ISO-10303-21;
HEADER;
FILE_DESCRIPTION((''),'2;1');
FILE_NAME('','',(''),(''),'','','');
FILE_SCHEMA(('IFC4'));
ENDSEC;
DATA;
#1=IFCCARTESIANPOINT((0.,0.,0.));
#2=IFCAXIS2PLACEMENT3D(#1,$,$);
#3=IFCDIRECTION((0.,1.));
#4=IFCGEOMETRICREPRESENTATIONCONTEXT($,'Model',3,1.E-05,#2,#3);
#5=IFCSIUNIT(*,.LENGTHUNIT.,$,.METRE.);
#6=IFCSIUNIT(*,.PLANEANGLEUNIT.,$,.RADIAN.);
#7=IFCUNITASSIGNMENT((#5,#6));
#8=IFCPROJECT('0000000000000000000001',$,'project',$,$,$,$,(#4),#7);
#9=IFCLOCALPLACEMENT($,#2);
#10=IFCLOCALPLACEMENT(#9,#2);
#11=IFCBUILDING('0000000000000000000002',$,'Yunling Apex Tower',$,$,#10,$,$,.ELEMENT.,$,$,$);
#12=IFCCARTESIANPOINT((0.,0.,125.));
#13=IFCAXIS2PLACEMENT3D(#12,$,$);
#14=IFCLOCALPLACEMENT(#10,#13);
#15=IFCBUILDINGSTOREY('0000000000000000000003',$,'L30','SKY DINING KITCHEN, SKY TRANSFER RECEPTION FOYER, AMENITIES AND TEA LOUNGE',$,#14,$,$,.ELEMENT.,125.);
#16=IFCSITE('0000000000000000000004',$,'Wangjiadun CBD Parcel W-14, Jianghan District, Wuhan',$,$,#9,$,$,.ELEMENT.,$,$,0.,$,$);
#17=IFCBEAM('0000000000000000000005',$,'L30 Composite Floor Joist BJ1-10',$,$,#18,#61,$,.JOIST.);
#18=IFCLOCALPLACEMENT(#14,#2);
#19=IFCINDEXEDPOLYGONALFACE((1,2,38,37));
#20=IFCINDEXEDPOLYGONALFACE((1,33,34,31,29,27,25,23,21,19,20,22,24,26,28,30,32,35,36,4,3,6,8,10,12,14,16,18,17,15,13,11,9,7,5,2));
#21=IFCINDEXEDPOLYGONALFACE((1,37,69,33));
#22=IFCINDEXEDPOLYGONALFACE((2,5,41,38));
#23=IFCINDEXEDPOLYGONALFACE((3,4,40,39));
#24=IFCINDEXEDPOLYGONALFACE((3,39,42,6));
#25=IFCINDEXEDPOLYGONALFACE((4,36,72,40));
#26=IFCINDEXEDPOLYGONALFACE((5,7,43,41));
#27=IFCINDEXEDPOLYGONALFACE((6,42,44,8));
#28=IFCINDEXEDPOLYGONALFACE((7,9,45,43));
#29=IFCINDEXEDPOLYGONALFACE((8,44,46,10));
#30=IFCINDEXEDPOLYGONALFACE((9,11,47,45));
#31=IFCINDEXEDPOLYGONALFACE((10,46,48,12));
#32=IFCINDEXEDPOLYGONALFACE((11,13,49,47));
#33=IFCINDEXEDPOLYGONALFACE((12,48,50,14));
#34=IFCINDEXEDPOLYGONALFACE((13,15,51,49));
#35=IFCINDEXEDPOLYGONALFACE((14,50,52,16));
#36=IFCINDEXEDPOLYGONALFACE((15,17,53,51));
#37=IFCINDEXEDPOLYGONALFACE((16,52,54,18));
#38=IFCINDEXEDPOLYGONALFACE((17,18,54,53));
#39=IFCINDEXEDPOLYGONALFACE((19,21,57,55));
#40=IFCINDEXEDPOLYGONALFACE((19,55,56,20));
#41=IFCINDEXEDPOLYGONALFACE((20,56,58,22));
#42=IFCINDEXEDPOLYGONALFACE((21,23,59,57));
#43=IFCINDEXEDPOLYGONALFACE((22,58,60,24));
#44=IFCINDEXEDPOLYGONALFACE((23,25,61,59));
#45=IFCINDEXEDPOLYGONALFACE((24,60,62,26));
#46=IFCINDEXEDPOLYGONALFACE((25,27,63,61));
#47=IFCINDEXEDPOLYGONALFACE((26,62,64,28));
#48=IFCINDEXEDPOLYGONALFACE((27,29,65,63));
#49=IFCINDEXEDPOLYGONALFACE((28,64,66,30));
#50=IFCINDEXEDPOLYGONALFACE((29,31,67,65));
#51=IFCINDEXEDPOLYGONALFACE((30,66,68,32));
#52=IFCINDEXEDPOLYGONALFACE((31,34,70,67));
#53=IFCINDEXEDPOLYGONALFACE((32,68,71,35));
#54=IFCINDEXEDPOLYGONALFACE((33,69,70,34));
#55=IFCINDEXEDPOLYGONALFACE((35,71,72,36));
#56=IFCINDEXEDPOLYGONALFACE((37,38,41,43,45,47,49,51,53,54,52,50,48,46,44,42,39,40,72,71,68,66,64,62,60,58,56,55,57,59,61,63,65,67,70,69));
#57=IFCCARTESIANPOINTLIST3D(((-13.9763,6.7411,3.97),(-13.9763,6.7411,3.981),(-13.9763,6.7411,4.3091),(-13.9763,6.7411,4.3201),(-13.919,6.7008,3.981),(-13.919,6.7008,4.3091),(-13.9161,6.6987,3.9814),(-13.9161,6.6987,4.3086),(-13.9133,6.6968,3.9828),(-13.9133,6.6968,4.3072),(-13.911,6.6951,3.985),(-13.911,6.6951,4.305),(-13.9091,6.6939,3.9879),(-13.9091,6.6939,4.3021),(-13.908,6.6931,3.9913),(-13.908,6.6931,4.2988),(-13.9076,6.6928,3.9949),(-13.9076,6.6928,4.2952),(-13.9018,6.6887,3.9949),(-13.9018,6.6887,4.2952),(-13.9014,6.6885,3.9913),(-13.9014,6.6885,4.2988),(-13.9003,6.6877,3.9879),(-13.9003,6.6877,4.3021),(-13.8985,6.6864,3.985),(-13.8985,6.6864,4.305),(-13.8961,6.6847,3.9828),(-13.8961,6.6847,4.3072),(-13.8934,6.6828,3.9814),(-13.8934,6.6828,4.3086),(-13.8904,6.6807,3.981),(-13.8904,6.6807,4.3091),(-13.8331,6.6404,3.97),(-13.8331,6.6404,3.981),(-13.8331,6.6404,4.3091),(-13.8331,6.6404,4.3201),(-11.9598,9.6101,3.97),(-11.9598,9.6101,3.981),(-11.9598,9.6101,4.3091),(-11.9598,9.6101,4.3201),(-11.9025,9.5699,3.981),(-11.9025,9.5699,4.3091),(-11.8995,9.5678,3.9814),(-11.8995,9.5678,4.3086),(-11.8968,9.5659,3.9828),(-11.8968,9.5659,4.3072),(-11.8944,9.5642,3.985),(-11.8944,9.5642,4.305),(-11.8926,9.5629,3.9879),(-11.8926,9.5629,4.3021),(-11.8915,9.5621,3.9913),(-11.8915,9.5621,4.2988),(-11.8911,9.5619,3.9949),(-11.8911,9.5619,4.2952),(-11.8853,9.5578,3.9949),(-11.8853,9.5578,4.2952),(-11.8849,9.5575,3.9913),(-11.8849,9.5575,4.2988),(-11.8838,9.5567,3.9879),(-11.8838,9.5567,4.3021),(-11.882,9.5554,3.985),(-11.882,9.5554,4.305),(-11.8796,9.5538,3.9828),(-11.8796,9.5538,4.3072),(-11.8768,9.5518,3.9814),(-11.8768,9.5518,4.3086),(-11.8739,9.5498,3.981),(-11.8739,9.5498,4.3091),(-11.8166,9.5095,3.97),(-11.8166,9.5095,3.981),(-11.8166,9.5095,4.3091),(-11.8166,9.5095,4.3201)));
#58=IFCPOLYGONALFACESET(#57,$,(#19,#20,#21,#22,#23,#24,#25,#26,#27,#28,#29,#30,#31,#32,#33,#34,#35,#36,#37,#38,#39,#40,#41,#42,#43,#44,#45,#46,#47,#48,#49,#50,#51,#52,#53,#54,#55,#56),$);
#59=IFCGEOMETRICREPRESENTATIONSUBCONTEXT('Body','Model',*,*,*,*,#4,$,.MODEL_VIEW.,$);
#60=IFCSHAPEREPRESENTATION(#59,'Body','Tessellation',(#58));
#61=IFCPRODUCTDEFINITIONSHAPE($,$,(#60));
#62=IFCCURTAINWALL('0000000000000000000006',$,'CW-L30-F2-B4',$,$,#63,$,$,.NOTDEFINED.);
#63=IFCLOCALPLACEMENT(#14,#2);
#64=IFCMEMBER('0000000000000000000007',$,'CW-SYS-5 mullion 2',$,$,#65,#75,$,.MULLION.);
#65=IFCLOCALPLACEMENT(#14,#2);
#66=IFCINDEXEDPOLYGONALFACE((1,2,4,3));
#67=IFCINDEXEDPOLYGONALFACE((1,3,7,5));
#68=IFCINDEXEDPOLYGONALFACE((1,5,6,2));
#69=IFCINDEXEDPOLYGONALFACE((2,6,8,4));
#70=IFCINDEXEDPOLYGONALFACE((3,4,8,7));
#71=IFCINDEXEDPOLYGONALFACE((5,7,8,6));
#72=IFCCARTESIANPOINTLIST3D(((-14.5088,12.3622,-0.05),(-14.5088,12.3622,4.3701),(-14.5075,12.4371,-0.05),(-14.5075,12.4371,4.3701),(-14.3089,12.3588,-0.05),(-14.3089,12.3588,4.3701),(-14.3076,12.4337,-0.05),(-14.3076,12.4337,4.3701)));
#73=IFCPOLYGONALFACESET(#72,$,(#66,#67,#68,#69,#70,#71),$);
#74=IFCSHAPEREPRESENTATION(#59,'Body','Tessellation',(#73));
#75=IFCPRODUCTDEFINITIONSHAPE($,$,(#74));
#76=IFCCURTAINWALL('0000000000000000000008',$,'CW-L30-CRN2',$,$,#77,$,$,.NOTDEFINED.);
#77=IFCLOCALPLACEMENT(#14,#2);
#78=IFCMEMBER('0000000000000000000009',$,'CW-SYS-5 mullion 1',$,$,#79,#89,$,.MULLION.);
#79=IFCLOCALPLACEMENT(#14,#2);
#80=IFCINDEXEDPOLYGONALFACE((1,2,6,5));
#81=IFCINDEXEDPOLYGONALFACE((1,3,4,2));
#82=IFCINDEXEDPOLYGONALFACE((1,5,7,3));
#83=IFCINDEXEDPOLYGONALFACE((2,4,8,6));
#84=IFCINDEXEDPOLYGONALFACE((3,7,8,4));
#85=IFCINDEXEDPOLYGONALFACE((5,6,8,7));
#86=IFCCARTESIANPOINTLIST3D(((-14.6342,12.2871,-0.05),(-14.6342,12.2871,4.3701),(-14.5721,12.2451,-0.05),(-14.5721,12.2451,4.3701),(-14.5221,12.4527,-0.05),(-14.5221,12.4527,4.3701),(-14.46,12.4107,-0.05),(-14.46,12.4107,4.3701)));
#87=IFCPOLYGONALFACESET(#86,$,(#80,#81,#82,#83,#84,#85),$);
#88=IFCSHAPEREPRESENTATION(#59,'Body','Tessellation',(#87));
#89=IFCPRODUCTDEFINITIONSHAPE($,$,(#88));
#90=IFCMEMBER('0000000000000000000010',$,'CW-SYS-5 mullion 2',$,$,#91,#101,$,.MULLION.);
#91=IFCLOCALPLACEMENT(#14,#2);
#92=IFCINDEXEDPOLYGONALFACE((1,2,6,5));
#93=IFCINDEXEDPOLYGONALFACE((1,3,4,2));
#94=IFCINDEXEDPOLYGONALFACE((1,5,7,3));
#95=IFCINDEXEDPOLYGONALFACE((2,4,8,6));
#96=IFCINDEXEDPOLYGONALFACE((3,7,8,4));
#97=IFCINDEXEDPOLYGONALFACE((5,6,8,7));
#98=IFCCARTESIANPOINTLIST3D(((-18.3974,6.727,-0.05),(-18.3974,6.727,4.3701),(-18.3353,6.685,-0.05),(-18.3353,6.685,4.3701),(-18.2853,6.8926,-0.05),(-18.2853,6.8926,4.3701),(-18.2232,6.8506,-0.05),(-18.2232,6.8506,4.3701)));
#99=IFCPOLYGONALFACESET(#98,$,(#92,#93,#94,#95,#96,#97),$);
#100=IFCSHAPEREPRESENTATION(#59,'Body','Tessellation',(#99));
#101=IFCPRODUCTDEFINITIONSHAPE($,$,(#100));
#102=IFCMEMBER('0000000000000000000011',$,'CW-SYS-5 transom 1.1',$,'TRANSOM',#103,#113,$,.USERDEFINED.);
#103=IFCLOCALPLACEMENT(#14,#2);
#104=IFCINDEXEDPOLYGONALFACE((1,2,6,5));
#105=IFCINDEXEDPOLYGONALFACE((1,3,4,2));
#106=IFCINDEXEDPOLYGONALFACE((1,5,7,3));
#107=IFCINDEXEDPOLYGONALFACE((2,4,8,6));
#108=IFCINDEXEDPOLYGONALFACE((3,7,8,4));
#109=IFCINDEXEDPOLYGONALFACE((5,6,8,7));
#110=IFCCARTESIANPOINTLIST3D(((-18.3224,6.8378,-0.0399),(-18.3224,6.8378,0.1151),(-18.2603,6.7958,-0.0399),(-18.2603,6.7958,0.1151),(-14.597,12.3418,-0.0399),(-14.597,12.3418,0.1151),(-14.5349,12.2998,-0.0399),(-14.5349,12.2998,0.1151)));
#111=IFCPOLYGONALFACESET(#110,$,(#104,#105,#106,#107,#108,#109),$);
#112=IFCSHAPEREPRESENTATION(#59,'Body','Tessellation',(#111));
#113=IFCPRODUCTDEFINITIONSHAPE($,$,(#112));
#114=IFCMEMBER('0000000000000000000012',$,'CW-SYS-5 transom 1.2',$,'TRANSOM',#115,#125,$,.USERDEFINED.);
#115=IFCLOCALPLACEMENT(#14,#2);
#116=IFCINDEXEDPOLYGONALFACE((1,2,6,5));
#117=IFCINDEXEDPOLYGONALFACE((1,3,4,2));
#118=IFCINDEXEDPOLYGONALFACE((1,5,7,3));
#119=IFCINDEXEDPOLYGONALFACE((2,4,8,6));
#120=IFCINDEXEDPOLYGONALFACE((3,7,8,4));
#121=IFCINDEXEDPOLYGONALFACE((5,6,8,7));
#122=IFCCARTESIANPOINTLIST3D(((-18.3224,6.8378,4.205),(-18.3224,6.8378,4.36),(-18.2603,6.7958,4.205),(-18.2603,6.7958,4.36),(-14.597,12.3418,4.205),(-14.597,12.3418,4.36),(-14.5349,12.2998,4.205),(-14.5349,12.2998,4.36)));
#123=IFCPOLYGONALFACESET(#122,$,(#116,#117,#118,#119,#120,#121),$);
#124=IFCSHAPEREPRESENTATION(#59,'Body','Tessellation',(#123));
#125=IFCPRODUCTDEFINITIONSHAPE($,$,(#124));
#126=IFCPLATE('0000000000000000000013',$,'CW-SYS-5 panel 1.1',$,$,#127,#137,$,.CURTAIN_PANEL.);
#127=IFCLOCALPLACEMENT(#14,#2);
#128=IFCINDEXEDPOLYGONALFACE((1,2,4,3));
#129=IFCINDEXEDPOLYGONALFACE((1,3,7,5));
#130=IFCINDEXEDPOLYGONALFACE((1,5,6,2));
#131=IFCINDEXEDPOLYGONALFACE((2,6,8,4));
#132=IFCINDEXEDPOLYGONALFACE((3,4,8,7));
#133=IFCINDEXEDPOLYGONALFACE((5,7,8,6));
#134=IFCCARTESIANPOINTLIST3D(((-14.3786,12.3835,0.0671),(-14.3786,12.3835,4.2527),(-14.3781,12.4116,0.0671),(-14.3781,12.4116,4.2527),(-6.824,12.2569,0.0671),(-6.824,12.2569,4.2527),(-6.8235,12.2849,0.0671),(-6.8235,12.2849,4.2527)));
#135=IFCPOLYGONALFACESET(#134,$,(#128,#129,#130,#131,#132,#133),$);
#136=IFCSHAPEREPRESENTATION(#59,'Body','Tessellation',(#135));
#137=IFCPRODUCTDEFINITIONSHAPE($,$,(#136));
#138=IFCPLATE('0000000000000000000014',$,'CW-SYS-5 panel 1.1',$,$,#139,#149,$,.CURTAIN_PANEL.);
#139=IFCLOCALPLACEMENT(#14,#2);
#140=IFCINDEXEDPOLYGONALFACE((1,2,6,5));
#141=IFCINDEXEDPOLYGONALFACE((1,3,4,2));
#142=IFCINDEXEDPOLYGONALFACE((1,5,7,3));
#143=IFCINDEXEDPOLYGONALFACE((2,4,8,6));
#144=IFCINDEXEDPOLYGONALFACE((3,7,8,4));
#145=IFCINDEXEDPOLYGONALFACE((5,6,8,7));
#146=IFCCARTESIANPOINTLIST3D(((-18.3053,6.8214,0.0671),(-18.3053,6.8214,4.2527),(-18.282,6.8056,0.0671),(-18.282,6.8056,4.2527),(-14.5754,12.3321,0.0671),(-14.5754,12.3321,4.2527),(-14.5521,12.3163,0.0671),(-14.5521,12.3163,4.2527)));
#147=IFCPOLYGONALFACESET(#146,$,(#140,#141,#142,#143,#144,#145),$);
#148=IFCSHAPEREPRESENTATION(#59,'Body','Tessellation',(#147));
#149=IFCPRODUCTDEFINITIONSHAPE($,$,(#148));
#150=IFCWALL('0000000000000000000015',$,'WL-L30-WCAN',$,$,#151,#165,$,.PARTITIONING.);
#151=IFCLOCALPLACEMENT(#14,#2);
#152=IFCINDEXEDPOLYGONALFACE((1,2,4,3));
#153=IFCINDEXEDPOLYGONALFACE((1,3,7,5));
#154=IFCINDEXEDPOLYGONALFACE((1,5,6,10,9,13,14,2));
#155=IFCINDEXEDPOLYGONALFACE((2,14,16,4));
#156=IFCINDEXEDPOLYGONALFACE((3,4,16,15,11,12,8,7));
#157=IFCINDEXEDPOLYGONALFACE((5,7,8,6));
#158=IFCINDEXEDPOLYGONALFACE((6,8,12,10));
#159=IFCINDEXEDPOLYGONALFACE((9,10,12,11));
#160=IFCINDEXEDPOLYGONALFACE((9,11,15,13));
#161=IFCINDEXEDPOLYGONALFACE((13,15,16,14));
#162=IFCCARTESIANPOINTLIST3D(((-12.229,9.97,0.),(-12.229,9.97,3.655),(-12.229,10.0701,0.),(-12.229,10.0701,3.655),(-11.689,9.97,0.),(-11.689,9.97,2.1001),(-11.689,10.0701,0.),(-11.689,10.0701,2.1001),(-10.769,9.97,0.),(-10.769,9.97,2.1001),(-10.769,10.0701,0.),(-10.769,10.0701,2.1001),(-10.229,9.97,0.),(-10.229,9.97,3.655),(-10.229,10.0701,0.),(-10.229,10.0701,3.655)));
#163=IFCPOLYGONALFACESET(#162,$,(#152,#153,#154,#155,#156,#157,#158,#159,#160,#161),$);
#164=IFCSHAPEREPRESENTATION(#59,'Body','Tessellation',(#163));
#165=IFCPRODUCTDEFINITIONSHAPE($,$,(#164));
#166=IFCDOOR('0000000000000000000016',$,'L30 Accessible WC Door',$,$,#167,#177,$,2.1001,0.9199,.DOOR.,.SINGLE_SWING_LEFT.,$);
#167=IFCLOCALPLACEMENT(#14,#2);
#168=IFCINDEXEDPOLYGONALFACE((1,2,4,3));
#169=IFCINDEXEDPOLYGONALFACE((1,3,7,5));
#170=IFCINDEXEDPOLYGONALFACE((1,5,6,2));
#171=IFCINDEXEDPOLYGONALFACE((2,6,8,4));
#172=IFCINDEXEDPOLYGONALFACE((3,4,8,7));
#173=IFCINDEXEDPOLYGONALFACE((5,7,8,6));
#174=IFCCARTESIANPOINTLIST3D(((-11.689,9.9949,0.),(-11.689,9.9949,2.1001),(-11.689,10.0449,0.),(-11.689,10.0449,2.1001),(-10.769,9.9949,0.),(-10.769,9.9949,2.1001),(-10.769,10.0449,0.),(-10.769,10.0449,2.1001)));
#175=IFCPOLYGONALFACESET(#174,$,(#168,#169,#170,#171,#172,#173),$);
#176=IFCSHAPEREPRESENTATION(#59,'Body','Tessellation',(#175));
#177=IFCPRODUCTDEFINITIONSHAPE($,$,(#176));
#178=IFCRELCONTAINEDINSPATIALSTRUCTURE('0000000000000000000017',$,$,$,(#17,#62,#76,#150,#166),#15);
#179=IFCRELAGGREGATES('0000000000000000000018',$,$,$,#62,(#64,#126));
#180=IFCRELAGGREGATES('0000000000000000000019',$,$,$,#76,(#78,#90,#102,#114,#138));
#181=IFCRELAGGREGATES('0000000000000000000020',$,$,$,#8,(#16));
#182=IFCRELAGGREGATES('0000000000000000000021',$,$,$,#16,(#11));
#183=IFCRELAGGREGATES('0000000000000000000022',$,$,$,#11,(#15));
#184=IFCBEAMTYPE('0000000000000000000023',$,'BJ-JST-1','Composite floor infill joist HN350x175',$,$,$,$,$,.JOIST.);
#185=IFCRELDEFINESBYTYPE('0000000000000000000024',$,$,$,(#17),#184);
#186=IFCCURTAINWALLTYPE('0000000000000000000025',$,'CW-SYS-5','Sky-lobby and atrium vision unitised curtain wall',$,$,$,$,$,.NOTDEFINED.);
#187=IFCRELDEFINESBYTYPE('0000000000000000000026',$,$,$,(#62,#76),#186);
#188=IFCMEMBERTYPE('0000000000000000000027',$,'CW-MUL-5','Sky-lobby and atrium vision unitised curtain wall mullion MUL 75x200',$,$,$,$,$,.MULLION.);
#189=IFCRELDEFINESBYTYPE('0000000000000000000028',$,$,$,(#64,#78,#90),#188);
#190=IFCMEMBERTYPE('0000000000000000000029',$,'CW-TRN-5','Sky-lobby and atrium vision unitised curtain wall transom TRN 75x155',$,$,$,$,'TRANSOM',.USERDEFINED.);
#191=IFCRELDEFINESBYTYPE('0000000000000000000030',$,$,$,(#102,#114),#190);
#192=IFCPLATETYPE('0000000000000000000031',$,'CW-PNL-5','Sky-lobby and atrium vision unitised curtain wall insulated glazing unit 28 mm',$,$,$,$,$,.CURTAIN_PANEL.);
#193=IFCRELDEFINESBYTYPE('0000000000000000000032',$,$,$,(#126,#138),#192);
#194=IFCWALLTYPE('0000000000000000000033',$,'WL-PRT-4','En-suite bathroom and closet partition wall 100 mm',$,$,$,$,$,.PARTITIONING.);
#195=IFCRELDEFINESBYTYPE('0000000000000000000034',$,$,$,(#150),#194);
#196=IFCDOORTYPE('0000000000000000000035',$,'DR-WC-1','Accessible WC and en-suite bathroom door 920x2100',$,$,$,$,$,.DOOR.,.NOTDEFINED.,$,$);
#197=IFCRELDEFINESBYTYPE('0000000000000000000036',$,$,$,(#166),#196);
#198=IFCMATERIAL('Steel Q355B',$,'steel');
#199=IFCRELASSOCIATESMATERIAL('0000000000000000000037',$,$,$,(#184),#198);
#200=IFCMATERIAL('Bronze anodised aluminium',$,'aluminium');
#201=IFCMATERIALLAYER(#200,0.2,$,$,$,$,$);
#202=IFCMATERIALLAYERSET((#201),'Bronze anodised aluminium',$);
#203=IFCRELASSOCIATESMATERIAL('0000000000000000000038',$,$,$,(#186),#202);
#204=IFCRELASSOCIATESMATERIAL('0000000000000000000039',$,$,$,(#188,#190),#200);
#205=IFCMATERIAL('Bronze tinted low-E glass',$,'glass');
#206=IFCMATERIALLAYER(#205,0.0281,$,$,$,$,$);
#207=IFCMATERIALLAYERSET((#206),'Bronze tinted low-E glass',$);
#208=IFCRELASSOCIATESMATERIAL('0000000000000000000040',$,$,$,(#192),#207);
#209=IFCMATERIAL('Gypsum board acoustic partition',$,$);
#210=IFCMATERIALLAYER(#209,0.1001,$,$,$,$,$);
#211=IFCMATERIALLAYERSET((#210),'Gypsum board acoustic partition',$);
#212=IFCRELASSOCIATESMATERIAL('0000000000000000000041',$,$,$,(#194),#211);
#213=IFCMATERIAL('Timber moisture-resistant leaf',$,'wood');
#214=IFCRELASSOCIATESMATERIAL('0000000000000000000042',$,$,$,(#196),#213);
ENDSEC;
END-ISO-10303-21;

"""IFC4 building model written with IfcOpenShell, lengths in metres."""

from ifc_helpers import new_model, si_unit, direction, frame, frame_2d, origin, origin_2d, place, context, subcontext, project, spatial, rectangle, i_section, extrude, source, transform, mapped, material, layer, layer_set, material_profile, profile_set, type_object, element, fill, aggregate, save


model = new_model("IFC4")

# Units and contexts
model_context = context("Model", 3, precision=1e-05, world=origin(), true_north=direction((0.0, 1.0)))
body_context = subcontext(model_context, "Body", "Model", "MODEL_VIEW")
ifc_project = project(units=[si_unit("LENGTHUNIT", "METRE"), si_unit("PLANEANGLEUNIT", "RADIAN")], contexts=[model_context])

# Site, building, storey
site_placement = place(None, origin())
site = spatial("IfcSite", under=ifc_project, at=site_placement, Name="Wangjiadun CBD Parcel W-14, Jianghan District, Wuhan", CompositionType="ELEMENT", RefElevation=0.0)
building_placement = place(site_placement, origin())
building = spatial("IfcBuilding", under=site, at=building_placement, Name="Yunling Apex Tower", CompositionType="ELEMENT")
storey_placement = place(building_placement, frame((0.0, 0.0, 125.0)))
storey = spatial("IfcBuildingStorey", under=building, at=storey_placement, Name="L30", Description="SKY DINING KITCHEN, SKY TRANSFER RECEPTION FOYER, AMENITIES AND TEA LOUNGE", CompositionType="ELEMENT", Elevation=125.0)

# Beam
ifc_material_1 = material(Name="Steel Q355B", Category="steel")
ifc_material_profile_1 = material_profile(ifc_material_1, i_section(OverallWidth=0.175, OverallDepth=0.3501, WebThickness=0.0071, FlangeThickness=0.011, FilletRadius=0.0139, at=origin_2d()))
ifc_profile_set_1 = profile_set([ifc_material_profile_1], Name="Steel Q355B")
beam_type_1 = type_object("IfcBeamType", Name="BJ-JST-1", Description="Composite floor infill joist HN350x175", PredefinedType="JOIST", material=ifc_profile_set_1)
shared_shape_1 = source(origin(), body_context, "Body", "SweptSolid", [
    extrude(i_section(OverallWidth=0.175, OverallDepth=0.3501, WebThickness=0.0071, FlangeThickness=0.011, FilletRadius=0.0139, at=origin_2d()), origin(), (0.0, 0.0, 1.0), 3.5068),
])
beam_1_placement = place(storey_placement, frame((-11.8882, 9.5598, 4.145), z_axis=(-0.575031, -0.818132, 0.0), x_axis=(0.818132, -0.575031, 0.0)))
element("IfcBeam", 1, at=beam_1_placement, inside=storey, type_object=beam_type_1, Name="L30 Composite Floor Joist BJ1-10", PredefinedType="JOIST", context=body_context, shape_type="MappedRepresentation", body=[
    mapped(shared_shape_1, transform((0.0, 0.0, 0.0), scale=1.0)),
])

# Curtain wall, member
ifc_material_2 = material(Name="Bronze anodised aluminium", Category="aluminium")
ifc_layer_1 = layer(ifc_material_2, 0.2)
ifc_layer_set_1 = layer_set([ifc_layer_1], Name="Bronze anodised aluminium")
curtain_wall_type = type_object("IfcCurtainWallType", Name="CW-SYS-5", Description="Sky-lobby and atrium vision unitised curtain wall", PredefinedType="NOTDEFINED", material=ifc_layer_set_1)
curtain_wall_1_placement = place(storey_placement, origin())
curtain_wall_1 = element("IfcCurtainWall", 2, at=curtain_wall_1_placement, inside=storey, type_object=curtain_wall_type, Name="CW-L30-F2-B4", PredefinedType="NOTDEFINED")
ifc_material_profile_2 = material_profile(ifc_material_2, rectangle(XDim=0.075, YDim=0.2, at=origin_2d()))
ifc_profile_set_2 = profile_set([ifc_material_profile_2], Name="Bronze anodised aluminium")
member_type_1 = type_object("IfcMemberType", Name="CW-MUL-5", Description="Sky-lobby and atrium vision unitised curtain wall mullion MUL 75x200", PredefinedType="MULLION", material=ifc_profile_set_2)
shared_shape_2 = source(origin(), body_context, "Body", "SweptSolid", [
    extrude(rectangle(XDim=0.075, YDim=0.2, at=origin_2d()), origin(), (0.0, 0.0, 1.0), 4.4202),
])
member_1_placement = place(storey_placement, frame((-14.4082, 12.3979, -0.05), z_axis=(0.0, 0.0, 1.0), x_axis=(-0.016762, -0.99986, 0.0)))
member_1 = element("IfcMember", 3, at=member_1_placement, type_object=member_type_1, Name="CW-SYS-5 mullion 2", PredefinedType="MULLION", context=body_context, shape_type="MappedRepresentation", body=[
    mapped(shared_shape_2, transform((0.0, 0.0, 0.0), scale=1.0)),
])

# Curtain wall, members
curtain_wall_2_placement = place(storey_placement, origin())
curtain_wall_2 = element("IfcCurtainWall", 4, at=curtain_wall_2_placement, inside=storey, type_object=curtain_wall_type, Name="CW-L30-CRN2", PredefinedType="NOTDEFINED")
member_2_placement = place(storey_placement, frame((-14.5471, 12.3489, -0.05), z_axis=(0.0, 0.0, 1.0), x_axis=(0.828139, -0.560523, 0.0)))
member_2 = element("IfcMember", 5, at=member_2_placement, type_object=member_type_1, Name="CW-SYS-5 mullion 1", PredefinedType="MULLION", context=body_context, shape_type="MappedRepresentation", body=[
    mapped(shared_shape_2, transform((0.0, 0.0, 0.0), scale=1.0)),
])
member_3_placement = place(storey_placement, frame((-18.3103, 6.7888, -0.05), z_axis=(0.0, 0.0, 1.0), x_axis=(0.828139, -0.560523, 0.0)))
member_3 = element("IfcMember", 6, at=member_3_placement, type_object=member_type_1, Name="CW-SYS-5 mullion 2", PredefinedType="MULLION", context=body_context, shape_type="MappedRepresentation", body=[
    mapped(shared_shape_2, transform((0.0, 0.0, 0.0), scale=1.0)),
])
ifc_material_profile_3 = material_profile(ifc_material_2, rectangle(XDim=0.075, YDim=0.155, at=origin_2d()))
ifc_profile_set_3 = profile_set([ifc_material_profile_3], Name="Bronze anodised aluminium")
member_type_2 = type_object("IfcMemberType", Name="CW-TRN-5", Description="Sky-lobby and atrium vision unitised curtain wall transom TRN 75x155", ElementType="TRANSOM", PredefinedType="USERDEFINED", material=ifc_profile_set_3)
shared_shape_3 = source(origin(), body_context, "Body", "SweptSolid", [
    extrude(rectangle(XDim=0.075, YDim=0.155, at=origin_2d()), origin(), (0.0, 0.0, 1.0), 6.6462),
])
member_4_placement = place(storey_placement, frame((-14.5659, 12.3208, 0.0376), z_axis=(-0.560527, -0.828136, 0.0), x_axis=(0.828136, -0.560527, 0.0)))
member_4 = element("IfcMember", 7, at=member_4_placement, type_object=member_type_2, Name="CW-SYS-5 transom 1.1", ObjectType="TRANSOM", PredefinedType="USERDEFINED", context=body_context, shape_type="MappedRepresentation", body=[
    mapped(shared_shape_3, transform((0.0, 0.0, 0.0), scale=1.0)),
])
member_5_placement = place(storey_placement, frame((-14.5659, 12.3208, 4.2825), z_axis=(-0.560527, -0.828136, 0.0), x_axis=(0.828136, -0.560527, 0.0)))
member_5 = element("IfcMember", 8, at=member_5_placement, type_object=member_type_2, Name="CW-SYS-5 transom 1.2", ObjectType="TRANSOM", PredefinedType="USERDEFINED", context=body_context, shape_type="MappedRepresentation", body=[
    mapped(shared_shape_3, transform((0.0, 0.0, 0.0), scale=1.0)),
])

# Plates
ifc_material_3 = material(Name="Bronze tinted low-E glass", Category="glass")
ifc_layer_2 = layer(ifc_material_3, 0.0281)
ifc_layer_set_2 = layer_set([ifc_layer_2], Name="Bronze tinted low-E glass")
plate_type = type_object("IfcPlateType", Name="CW-PNL-5", Description="Sky-lobby and atrium vision unitised curtain wall insulated glazing unit 28 mm", PredefinedType="CURTAIN_PANEL", material=ifc_layer_set_2)
shared_shape_4 = source(origin(), body_context, "Body", "SweptSolid", [
    extrude(rectangle(XDim=7.5557, YDim=0.0281, at=origin_2d()), origin(), (0.0, 0.0, 1.0), 4.1855),
])
plate_1_placement = place(storey_placement, frame((-10.6011, 12.3342, 0.0671), z_axis=(0.0, 0.0, 1.0), x_axis=(-0.99986, 0.016762, 0.0)))
plate_1 = element("IfcPlate", 9, at=plate_1_placement, type_object=plate_type, Name="CW-SYS-5 panel 1.1", PredefinedType="CURTAIN_PANEL", context=body_context, shape_type="MappedRepresentation", body=[
    mapped(shared_shape_4, transform((0.0, 0.0, 0.0), scale=1.0)),
])
aggregate(curtain_wall_1, [member_1, plate_1])
shared_shape_5 = source(origin(), body_context, "Body", "SweptSolid", [
    extrude(rectangle(XDim=6.6543, YDim=0.0281, at=origin_2d()), origin(), (0.0, 0.0, 1.0), 4.1855),
])
plate_2_placement = place(storey_placement, frame((-16.4287, 9.5688, 0.0671), z_axis=(0.0, 0.0, 1.0), x_axis=(-0.560523, -0.828139, 0.0)))
plate_2 = element("IfcPlate", 10, at=plate_2_placement, type_object=plate_type, Name="CW-SYS-5 panel 1.1", PredefinedType="CURTAIN_PANEL", context=body_context, shape_type="MappedRepresentation", body=[
    mapped(shared_shape_5, transform((0.0, 0.0, 0.0), scale=1.0)),
])
aggregate(curtain_wall_2, [member_2, member_3, member_4, member_5, plate_2])

# Wall, opening, door
ifc_material_4 = material(Name="Gypsum board acoustic partition")
ifc_layer_3 = layer(ifc_material_4, 0.1001)
ifc_layer_set_3 = layer_set([ifc_layer_3], Name="Gypsum board acoustic partition")
wall_type = type_object("IfcWallType", Name="WL-PRT-4", Description="En-suite bathroom and closet partition wall 100 mm", PredefinedType="PARTITIONING", material=ifc_layer_set_3)
wall_1_placement = place(storey_placement, frame((-12.229, 10.02, 0.0), z_axis=(0.0, 0.0, 1.0), x_axis=(1.0, 0.0, 0.0)))
wall_1 = element("IfcWall", 11, at=wall_1_placement, inside=storey, type_object=wall_type, Name="WL-L30-WCAN", PredefinedType="PARTITIONING", context=body_context, shape_type="SweptSolid", body=[
    extrude(rectangle(XDim=2.0, YDim=0.1001, at=frame_2d((1.0, 0.0))), origin(), (0.0, 0.0, 1.0), 3.655),
])
opening_placement = place(wall_1_placement, frame((0.54, 0.0, 0.0)))
opening = element("IfcOpeningElement", 12, at=opening_placement, cuts=wall_1, PredefinedType="OPENING", context=body_context, shape_type="SweptSolid", body=[
    extrude(rectangle(XDim=0.9199, YDim=2.1001, at=frame_2d((0.46, 1.05))), frame((0.0, 0.0601, 0.0), z_axis=(0.0, -1.0, 0.0), x_axis=(1.0, 0.0, 0.0)), (0.0, 0.0, 1.0), 0.1201),
])
ifc_material_5 = material(Name="Timber moisture-resistant leaf", Category="wood")
door_type = type_object("IfcDoorType", Name="DR-WC-1", Description="Accessible WC and en-suite bathroom door 920x2100", OperationType="NOTDEFINED", PredefinedType="DOOR", material=ifc_material_5)
door_placement = place(opening_placement, origin())
door = element("IfcDoor", 13, at=door_placement, inside=storey, type_object=door_type, Name="L30 Accessible WC Door", OperationType="SINGLE_SWING_LEFT", OverallHeight=2.1001, OverallWidth=0.9199, PredefinedType="DOOR", context=body_context, shape_type="SweptSolid", body=[
    extrude(rectangle(XDim=0.9199, YDim=2.1001, at=frame_2d((0.46, 1.05))), frame((0.0, 0.0249, 0.0), z_axis=(0.0, -1.0, 0.0), x_axis=(1.0, 0.0, 0.0)), (0.0, 0.0, 1.0), 0.05),
])
fill(opening, door)

save(model, "model.ifc")
